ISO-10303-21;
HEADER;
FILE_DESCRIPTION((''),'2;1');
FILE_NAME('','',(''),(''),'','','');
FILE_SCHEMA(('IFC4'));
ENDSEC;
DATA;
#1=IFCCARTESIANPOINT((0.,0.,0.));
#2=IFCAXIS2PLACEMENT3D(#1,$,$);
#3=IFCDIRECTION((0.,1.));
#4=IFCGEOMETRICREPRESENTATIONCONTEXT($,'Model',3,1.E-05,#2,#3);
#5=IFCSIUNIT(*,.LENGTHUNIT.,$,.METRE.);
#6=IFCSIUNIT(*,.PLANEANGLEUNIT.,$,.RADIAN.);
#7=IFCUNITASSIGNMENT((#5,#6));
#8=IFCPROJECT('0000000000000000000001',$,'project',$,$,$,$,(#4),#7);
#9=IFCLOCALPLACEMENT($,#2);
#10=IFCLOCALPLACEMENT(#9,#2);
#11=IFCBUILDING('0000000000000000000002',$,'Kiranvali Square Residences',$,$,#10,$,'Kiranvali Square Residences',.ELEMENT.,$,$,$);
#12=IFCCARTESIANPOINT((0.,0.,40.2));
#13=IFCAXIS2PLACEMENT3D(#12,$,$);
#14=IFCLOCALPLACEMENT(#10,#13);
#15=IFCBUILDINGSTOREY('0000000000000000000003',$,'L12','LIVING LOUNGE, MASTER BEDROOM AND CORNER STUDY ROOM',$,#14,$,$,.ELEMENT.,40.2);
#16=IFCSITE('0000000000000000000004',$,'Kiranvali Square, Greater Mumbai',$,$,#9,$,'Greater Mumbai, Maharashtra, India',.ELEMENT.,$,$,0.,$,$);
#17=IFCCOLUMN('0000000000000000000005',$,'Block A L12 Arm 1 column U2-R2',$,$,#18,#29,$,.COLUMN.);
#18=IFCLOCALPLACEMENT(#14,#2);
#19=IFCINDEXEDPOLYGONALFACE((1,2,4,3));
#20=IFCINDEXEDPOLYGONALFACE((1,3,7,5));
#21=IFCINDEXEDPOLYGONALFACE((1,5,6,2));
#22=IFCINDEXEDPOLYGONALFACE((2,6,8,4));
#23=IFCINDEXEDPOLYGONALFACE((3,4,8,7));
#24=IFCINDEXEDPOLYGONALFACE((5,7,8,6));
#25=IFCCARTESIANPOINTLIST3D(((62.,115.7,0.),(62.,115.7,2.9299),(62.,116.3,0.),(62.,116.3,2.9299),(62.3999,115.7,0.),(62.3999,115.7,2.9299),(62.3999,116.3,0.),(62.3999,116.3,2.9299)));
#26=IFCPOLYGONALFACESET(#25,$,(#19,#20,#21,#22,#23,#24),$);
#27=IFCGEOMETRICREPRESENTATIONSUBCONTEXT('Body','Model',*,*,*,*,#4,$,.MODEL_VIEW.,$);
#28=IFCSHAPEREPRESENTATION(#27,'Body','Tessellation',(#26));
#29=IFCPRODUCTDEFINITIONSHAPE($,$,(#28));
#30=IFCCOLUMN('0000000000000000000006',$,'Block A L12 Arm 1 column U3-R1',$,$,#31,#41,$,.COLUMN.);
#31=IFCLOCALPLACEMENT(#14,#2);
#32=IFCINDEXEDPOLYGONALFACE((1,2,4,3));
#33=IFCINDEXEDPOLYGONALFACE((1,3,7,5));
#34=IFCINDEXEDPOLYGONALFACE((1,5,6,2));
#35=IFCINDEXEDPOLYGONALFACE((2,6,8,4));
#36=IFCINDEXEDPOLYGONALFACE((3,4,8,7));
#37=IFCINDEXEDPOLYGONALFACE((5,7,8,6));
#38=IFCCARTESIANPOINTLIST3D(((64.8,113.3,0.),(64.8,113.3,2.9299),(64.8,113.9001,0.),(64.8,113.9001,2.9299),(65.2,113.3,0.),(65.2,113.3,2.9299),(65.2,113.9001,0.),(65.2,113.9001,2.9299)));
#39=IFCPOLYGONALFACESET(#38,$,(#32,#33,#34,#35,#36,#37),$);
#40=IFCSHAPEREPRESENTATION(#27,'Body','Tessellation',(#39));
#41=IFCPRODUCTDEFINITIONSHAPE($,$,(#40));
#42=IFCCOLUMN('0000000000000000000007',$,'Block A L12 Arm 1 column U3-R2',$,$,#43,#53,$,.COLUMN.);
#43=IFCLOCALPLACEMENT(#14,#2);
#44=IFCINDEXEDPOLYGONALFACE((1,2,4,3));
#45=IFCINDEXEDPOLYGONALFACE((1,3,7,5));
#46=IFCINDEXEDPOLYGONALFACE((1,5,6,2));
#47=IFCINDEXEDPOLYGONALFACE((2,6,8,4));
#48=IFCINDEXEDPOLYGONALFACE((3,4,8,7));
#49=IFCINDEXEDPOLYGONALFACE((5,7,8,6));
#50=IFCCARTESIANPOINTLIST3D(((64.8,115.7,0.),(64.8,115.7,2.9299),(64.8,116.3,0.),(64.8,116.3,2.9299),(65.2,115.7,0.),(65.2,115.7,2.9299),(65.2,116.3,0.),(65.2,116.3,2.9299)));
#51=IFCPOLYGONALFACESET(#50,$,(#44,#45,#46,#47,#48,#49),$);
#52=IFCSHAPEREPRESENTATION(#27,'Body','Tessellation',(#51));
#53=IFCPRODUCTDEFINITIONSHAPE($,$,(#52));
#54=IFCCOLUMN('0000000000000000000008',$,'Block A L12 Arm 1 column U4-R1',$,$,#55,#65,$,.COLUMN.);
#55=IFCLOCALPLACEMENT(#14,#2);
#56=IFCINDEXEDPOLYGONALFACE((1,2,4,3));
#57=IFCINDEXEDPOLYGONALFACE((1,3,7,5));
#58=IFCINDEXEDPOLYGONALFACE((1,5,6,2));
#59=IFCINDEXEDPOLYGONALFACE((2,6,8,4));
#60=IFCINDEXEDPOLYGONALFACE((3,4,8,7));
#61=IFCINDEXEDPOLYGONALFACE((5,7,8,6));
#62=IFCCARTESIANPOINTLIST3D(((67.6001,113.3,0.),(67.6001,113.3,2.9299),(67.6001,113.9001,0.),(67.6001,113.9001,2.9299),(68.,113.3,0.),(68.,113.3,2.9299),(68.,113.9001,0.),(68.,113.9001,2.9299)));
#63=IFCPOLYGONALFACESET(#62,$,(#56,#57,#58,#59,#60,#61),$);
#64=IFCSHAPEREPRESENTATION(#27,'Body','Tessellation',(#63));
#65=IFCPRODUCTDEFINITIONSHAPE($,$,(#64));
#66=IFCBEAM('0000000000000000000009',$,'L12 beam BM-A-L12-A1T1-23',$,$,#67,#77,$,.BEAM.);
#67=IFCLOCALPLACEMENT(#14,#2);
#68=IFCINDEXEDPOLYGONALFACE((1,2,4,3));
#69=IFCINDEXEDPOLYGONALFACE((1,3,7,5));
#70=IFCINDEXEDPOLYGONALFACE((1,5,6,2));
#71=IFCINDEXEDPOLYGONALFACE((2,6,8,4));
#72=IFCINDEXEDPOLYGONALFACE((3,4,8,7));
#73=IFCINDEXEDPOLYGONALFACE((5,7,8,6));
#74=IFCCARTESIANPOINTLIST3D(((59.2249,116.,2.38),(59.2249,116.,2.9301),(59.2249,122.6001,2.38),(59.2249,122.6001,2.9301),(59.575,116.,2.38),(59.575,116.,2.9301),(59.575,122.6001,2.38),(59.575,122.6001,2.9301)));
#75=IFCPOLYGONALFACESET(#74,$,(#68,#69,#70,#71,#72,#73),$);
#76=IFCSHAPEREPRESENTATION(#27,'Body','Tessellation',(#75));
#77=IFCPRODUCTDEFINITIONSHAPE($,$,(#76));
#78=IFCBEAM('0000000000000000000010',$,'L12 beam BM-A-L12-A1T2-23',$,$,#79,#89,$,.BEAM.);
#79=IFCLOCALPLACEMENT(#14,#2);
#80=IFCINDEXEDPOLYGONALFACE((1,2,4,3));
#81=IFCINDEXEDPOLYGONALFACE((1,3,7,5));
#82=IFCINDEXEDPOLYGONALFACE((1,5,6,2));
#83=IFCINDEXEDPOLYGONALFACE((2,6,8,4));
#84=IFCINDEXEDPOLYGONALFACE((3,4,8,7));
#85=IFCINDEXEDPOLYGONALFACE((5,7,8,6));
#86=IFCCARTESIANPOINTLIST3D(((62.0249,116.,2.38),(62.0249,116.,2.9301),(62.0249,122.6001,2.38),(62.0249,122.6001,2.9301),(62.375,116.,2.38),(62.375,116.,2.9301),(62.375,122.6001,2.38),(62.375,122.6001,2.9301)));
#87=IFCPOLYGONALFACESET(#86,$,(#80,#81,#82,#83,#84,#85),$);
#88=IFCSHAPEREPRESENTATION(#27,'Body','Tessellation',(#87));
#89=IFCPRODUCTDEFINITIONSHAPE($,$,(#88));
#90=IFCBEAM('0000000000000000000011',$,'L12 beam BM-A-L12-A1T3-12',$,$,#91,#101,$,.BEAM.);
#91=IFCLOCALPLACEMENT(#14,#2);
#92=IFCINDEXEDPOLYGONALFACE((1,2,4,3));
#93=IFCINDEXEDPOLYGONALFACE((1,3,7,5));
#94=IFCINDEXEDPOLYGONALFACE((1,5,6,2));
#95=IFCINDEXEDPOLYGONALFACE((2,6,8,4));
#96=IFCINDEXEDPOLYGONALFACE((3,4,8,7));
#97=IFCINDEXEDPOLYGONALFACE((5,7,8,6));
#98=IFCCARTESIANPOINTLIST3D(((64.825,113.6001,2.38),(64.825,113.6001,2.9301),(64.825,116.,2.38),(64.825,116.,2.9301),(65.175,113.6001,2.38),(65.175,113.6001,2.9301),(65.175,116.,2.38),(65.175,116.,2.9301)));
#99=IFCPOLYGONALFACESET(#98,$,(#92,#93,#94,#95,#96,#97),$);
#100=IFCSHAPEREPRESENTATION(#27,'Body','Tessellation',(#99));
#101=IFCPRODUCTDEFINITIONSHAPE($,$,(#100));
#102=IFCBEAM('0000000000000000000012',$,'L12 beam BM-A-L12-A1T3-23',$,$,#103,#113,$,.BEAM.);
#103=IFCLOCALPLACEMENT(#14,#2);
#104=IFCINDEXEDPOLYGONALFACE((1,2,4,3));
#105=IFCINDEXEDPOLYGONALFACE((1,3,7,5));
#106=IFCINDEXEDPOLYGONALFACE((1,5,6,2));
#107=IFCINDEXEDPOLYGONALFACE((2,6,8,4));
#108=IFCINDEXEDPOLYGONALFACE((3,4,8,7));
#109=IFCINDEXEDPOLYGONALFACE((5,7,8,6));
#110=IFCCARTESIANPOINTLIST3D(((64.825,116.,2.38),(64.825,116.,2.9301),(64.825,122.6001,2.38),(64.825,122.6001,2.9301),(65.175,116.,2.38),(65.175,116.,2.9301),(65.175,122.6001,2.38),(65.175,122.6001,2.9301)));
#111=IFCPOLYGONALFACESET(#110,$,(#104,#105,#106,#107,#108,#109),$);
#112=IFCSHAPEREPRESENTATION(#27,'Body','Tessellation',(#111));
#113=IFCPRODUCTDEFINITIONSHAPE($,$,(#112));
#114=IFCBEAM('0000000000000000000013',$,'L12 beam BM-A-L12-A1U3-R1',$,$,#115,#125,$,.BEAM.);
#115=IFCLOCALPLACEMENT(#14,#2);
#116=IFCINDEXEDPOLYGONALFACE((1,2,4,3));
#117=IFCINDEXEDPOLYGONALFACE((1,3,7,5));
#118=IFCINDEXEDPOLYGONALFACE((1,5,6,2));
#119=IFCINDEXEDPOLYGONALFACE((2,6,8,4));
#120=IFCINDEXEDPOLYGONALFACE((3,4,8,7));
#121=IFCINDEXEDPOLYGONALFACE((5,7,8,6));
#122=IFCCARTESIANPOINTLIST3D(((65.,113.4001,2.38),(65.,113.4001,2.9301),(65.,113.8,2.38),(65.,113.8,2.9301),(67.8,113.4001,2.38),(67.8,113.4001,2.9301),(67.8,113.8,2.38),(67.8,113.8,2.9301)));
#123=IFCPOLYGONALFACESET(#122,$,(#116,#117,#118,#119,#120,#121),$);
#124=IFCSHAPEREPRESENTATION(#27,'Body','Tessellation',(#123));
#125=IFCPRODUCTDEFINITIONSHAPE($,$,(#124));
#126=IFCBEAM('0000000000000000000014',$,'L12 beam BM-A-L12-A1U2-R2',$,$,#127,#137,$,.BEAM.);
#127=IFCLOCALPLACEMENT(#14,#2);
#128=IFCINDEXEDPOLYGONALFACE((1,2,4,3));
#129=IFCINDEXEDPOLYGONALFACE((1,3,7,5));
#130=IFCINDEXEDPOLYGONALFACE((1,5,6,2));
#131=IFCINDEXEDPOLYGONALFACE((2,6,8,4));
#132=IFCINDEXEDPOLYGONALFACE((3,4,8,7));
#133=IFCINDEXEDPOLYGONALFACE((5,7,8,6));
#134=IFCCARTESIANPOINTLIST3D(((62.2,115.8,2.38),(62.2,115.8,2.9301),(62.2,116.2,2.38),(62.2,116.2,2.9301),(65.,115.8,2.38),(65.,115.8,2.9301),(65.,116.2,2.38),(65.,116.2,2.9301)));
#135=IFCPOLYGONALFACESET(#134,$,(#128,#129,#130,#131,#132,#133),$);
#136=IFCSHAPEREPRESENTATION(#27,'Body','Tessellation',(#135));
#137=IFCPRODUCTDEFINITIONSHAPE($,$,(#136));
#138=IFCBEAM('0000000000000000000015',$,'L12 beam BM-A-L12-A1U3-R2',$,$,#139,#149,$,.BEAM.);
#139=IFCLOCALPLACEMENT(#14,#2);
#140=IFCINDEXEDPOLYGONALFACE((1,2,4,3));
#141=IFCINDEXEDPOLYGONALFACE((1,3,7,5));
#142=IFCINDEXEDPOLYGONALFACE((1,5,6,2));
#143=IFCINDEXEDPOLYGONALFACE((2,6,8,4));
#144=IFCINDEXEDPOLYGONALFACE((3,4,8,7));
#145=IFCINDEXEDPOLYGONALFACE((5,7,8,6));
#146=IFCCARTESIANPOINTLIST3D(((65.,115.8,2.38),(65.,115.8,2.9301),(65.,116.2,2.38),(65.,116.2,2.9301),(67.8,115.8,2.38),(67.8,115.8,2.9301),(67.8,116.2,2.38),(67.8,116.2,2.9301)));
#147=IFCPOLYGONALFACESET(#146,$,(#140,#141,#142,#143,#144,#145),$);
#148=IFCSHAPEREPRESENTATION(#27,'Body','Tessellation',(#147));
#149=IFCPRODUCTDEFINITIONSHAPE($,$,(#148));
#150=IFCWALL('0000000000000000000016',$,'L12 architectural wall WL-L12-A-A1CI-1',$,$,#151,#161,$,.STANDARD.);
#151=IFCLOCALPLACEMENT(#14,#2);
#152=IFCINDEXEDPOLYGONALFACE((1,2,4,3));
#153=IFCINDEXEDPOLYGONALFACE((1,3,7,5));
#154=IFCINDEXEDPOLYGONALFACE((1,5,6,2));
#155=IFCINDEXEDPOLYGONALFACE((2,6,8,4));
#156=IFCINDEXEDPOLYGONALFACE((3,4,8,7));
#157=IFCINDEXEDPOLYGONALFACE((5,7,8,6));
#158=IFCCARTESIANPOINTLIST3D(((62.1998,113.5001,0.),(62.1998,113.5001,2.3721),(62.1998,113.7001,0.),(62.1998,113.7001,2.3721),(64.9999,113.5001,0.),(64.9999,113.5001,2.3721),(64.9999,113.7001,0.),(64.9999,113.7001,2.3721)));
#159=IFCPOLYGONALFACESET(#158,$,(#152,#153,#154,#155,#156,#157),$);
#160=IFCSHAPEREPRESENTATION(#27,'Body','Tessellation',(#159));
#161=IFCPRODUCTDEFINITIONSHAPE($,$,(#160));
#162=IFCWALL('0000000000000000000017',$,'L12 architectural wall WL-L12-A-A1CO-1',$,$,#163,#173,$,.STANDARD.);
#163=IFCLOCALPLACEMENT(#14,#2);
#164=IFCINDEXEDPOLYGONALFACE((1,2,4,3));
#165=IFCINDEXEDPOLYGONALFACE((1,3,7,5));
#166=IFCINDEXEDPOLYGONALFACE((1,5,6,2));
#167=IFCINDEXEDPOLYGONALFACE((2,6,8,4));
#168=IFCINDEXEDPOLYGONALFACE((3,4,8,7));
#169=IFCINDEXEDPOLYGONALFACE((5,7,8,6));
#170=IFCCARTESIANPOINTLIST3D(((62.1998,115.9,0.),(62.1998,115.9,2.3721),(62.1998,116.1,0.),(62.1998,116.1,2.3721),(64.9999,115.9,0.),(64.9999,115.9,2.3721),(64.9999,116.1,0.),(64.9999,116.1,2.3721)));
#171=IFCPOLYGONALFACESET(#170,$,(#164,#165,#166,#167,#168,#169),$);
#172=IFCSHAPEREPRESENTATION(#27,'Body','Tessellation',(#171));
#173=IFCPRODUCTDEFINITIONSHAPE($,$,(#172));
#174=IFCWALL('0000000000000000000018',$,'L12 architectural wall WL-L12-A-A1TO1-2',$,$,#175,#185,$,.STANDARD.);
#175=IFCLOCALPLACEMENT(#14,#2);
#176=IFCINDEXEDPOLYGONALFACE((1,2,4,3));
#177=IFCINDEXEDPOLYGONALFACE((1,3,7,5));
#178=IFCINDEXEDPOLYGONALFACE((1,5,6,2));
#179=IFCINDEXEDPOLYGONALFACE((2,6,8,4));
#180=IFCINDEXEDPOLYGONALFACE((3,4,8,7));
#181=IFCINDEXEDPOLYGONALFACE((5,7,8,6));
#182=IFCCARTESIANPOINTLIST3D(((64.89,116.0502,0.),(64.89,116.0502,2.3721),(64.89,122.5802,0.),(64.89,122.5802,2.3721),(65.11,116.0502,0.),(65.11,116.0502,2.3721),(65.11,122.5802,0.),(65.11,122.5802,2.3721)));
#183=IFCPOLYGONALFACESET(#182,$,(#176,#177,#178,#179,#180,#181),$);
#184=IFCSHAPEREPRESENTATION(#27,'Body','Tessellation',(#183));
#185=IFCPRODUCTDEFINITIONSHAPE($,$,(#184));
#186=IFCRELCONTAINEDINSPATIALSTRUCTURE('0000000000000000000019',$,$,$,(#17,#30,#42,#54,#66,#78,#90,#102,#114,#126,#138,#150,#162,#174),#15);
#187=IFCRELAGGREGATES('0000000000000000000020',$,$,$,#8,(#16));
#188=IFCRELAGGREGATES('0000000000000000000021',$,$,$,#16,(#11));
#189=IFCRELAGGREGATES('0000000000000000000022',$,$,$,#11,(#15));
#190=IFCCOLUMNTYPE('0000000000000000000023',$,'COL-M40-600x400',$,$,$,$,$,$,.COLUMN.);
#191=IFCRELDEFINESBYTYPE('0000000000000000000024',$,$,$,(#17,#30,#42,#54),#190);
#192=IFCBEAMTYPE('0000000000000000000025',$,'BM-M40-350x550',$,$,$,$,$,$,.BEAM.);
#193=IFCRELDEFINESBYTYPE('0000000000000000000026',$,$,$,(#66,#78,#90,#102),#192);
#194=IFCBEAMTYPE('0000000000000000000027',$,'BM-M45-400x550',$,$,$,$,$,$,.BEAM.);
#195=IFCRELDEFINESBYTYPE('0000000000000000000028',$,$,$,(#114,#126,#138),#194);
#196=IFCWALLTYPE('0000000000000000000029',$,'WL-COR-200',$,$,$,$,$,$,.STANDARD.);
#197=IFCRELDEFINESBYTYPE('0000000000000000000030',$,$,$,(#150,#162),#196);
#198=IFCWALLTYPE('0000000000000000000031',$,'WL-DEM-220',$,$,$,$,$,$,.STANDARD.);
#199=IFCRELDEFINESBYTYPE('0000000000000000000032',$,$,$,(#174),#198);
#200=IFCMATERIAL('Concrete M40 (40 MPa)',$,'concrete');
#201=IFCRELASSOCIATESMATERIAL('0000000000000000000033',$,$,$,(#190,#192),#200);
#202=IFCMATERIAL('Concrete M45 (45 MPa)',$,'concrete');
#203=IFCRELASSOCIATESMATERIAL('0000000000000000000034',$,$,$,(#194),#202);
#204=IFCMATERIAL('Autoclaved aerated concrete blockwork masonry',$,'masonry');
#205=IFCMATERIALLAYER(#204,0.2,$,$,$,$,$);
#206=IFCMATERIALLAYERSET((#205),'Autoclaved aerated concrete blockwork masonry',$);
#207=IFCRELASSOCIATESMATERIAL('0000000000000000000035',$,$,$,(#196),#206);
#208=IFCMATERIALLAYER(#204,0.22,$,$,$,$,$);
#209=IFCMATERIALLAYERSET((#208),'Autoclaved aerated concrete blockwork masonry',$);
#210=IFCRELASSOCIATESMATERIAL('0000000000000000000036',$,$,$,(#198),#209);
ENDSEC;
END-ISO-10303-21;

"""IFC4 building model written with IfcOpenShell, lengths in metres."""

from ifc_helpers import new_model, si_unit, direction, frame, frame_2d, origin, origin_2d, place, context, subcontext, project, spatial, rectangle, extrude, material, layer, layer_set, material_profile, profile_set, type_object, element, save


model = new_model("IFC4")

# Units and contexts
model_context = context("Model", 3, precision=1e-05, world=origin(), true_north=direction((0.0, 1.0)))
body_context = subcontext(model_context, "Body", "Model", "MODEL_VIEW")
ifc_project = project(units=[si_unit("LENGTHUNIT", "METRE"), si_unit("PLANEANGLEUNIT", "RADIAN")], contexts=[model_context])

# Site, building, storey
site_placement = place(None, origin())
site = spatial("IfcSite", under=ifc_project, at=site_placement, Name="Kiranvali Square, Greater Mumbai", LongName="Greater Mumbai, Maharashtra, India", CompositionType="ELEMENT", RefElevation=0.0)
building_placement = place(site_placement, origin())
building = spatial("IfcBuilding", under=site, at=building_placement, Name="Kiranvali Square Residences", LongName="Kiranvali Square Residences", CompositionType="ELEMENT")
storey_placement = place(building_placement, frame((0.0, 0.0, 40.2)))
storey = spatial("IfcBuildingStorey", under=building, at=storey_placement, Name="L12", Description="LIVING LOUNGE, MASTER BEDROOM AND CORNER STUDY ROOM", CompositionType="ELEMENT", Elevation=40.2)

# Columns
ifc_material_1 = material(Name="Concrete M40 (40 MPa)", Category="concrete")
ifc_material_profile_1 = material_profile(ifc_material_1, rectangle(XDim=0.3999, YDim=0.6001, at=origin_2d()), Name="RC 600x400")
ifc_profile_set_1 = profile_set([ifc_material_profile_1], Name="Concrete M40 (40 MPa)")
column_type = type_object("IfcColumnType", Name="COL-M40-600x400", PredefinedType="COLUMN", material=ifc_profile_set_1)
for number, where, z_axis, x_axis, name in (
    (1, (62.2, 116.0, 0.0), (0.0, 0.0, 1.0), (1.0, 0.0, 0.0), "Block A L12 Arm 1 column U2-R2"),
    (2, (65.0, 113.6001, 0.0), (0.0, 0.0, 1.0), (1.0, 0.0, 0.0), "Block A L12 Arm 1 column U3-R1"),
    (3, (65.0, 116.0, 0.0), (0.0, 0.0, 1.0), (1.0, 0.0, 0.0), "Block A L12 Arm 1 column U3-R2"),
    (4, (67.8, 113.6001, 0.0), (0.0, 0.0, 1.0), (1.0, 0.0, 0.0), "Block A L12 Arm 1 column U4-R1"),
):
    element("IfcColumn", number, at=place(storey_placement, frame(where, z_axis=z_axis, x_axis=x_axis)), inside=storey, type_object=column_type, Name=name, PredefinedType="COLUMN", context=body_context, shape_type="SweptSolid", body=[
        extrude(rectangle(XDim=0.3999, YDim=0.6001, at=origin_2d()), origin(), (0.0, 0.0, 1.0), 2.9299),
    ])

# Beams
ifc_material_profile_2 = material_profile(ifc_material_1, rectangle(XDim=0.3501, YDim=0.55, at=origin_2d()), Name="RC 350x550")
ifc_profile_set_2 = profile_set([ifc_material_profile_2], Name="Concrete M40 (40 MPa)")
beam_type_1 = type_object("IfcBeamType", Name="BM-M40-350x550", PredefinedType="BEAM", material=ifc_profile_set_2)
for number, where, z_axis, x_axis, name in (
    (5, (59.3999, 116.0, 2.655), (0.0, 1.0, 0.0), (-1.0, 0.0, 0.0), "L12 beam BM-A-L12-A1T1-23"),
    (6, (62.2, 116.0, 2.655), (0.0, 1.0, 0.0), (-1.0, 0.0, 0.0), "L12 beam BM-A-L12-A1T2-23"),
):
    element("IfcBeam", number, at=place(storey_placement, frame(where, z_axis=z_axis, x_axis=x_axis)), inside=storey, type_object=beam_type_1, Name=name, PredefinedType="BEAM", context=body_context, shape_type="SweptSolid", body=[
        extrude(rectangle(XDim=0.3501, YDim=0.55, at=origin_2d()), origin(), (0.0, 0.0, 1.0), 6.6001),
    ])
beam_1_placement = place(storey_placement, frame((65.0, 113.6001, 2.655), z_axis=(0.0, 1.0, 0.0), x_axis=(-1.0, 0.0, 0.0)))
element("IfcBeam", 7, at=beam_1_placement, inside=storey, type_object=beam_type_1, Name="L12 beam BM-A-L12-A1T3-12", PredefinedType="BEAM", context=body_context, shape_type="SweptSolid", body=[
    extrude(rectangle(XDim=0.3501, YDim=0.55, at=origin_2d()), origin(), (0.0, 0.0, 1.0), 2.3999),
])
beam_2_placement = place(storey_placement, frame((65.0, 116.0, 2.655), z_axis=(0.0, 1.0, 0.0), x_axis=(-1.0, 0.0, 0.0)))
element("IfcBeam", 8, at=beam_2_placement, inside=storey, type_object=beam_type_1, Name="L12 beam BM-A-L12-A1T3-23", PredefinedType="BEAM", context=body_context, shape_type="SweptSolid", body=[
    extrude(rectangle(XDim=0.3501, YDim=0.55, at=origin_2d()), origin(), (0.0, 0.0, 1.0), 6.6001),
])
ifc_material_2 = material(Name="Concrete M45 (45 MPa)", Category="concrete")
ifc_material_profile_3 = material_profile(ifc_material_2, rectangle(XDim=0.3999, YDim=0.55, at=origin_2d()), Name="RC 400x550")
ifc_profile_set_3 = profile_set([ifc_material_profile_3], Name="Concrete M45 (45 MPa)")
beam_type_2 = type_object("IfcBeamType", Name="BM-M45-400x550", PredefinedType="BEAM", material=ifc_profile_set_3)
for number, where, z_axis, x_axis, name in (
    (9, (65.0, 113.6001, 2.655), (1.0, 0.0, 0.0), (0.0, 1.0, 0.0), "L12 beam BM-A-L12-A1U3-R1"),
    (10, (62.2, 116.0, 2.655), (1.0, 0.0, 0.0), (0.0, 1.0, 0.0), "L12 beam BM-A-L12-A1U2-R2"),
    (11, (65.0, 116.0, 2.655), (1.0, 0.0, 0.0), (0.0, 1.0, 0.0), "L12 beam BM-A-L12-A1U3-R2"),
):
    element("IfcBeam", number, at=place(storey_placement, frame(where, z_axis=z_axis, x_axis=x_axis)), inside=storey, type_object=beam_type_2, Name=name, PredefinedType="BEAM", context=body_context, shape_type="SweptSolid", body=[
        extrude(rectangle(XDim=0.3999, YDim=0.55, at=origin_2d()), origin(), (0.0, 0.0, 1.0), 2.8),
    ])

# Shared definitions
ifc_material_3 = material(Name="Autoclaved aerated concrete blockwork masonry", Category="masonry")
ifc_layer_1 = layer(ifc_material_3, 0.2)
ifc_layer_set_1 = layer_set([ifc_layer_1], Name="Autoclaved aerated concrete blockwork masonry")
wall_type_1 = type_object("IfcWallType", Name="WL-COR-200", PredefinedType="STANDARD", material=ifc_layer_set_1)

# Walls
for number, where, z_axis, x_axis, name in (
    (12, (62.2, 113.6001, 0.0), (0.0, 0.0, 1.0), (1.0, 0.0, 0.0), "L12 architectural wall WL-L12-A-A1CI-1"),
    (13, (62.2, 116.0, 0.0), (0.0, 0.0, 1.0), (1.0, 0.0, 0.0), "L12 architectural wall WL-L12-A-A1CO-1"),
):
    element("IfcWall", number, at=place(storey_placement, frame(where, z_axis=z_axis, x_axis=x_axis)), inside=storey, type_object=wall_type_1, Name=name, PredefinedType="STANDARD", context=body_context, shape_type="SweptSolid", body=[
        extrude(rectangle(XDim=2.8, YDim=0.2, at=frame_2d((1.3999, 0.0))), origin(), (0.0, 0.0, 1.0), 2.3721),
    ])

# Wall
ifc_layer_2 = layer(ifc_material_3, 0.22)
ifc_layer_set_2 = layer_set([ifc_layer_2], Name="Autoclaved aerated concrete blockwork masonry")
wall_type_2 = type_object("IfcWallType", Name="WL-DEM-220", PredefinedType="STANDARD", material=ifc_layer_set_2)
wall_1_placement = place(storey_placement, frame((65.0, 116.05, 0.0), z_axis=(0.0, 0.0, 1.0), x_axis=(0.0, 1.0, 0.0)))
element("IfcWall", 14, at=wall_1_placement, inside=storey, type_object=wall_type_2, Name="L12 architectural wall WL-L12-A-A1TO1-2", PredefinedType="STANDARD", context=body_context, shape_type="SweptSolid", body=[
    extrude(rectangle(XDim=6.53, YDim=0.22, at=frame_2d((3.2651, 0.0))), origin(), (0.0, 0.0, 1.0), 2.3721),
])

save(model, "model.ifc")
